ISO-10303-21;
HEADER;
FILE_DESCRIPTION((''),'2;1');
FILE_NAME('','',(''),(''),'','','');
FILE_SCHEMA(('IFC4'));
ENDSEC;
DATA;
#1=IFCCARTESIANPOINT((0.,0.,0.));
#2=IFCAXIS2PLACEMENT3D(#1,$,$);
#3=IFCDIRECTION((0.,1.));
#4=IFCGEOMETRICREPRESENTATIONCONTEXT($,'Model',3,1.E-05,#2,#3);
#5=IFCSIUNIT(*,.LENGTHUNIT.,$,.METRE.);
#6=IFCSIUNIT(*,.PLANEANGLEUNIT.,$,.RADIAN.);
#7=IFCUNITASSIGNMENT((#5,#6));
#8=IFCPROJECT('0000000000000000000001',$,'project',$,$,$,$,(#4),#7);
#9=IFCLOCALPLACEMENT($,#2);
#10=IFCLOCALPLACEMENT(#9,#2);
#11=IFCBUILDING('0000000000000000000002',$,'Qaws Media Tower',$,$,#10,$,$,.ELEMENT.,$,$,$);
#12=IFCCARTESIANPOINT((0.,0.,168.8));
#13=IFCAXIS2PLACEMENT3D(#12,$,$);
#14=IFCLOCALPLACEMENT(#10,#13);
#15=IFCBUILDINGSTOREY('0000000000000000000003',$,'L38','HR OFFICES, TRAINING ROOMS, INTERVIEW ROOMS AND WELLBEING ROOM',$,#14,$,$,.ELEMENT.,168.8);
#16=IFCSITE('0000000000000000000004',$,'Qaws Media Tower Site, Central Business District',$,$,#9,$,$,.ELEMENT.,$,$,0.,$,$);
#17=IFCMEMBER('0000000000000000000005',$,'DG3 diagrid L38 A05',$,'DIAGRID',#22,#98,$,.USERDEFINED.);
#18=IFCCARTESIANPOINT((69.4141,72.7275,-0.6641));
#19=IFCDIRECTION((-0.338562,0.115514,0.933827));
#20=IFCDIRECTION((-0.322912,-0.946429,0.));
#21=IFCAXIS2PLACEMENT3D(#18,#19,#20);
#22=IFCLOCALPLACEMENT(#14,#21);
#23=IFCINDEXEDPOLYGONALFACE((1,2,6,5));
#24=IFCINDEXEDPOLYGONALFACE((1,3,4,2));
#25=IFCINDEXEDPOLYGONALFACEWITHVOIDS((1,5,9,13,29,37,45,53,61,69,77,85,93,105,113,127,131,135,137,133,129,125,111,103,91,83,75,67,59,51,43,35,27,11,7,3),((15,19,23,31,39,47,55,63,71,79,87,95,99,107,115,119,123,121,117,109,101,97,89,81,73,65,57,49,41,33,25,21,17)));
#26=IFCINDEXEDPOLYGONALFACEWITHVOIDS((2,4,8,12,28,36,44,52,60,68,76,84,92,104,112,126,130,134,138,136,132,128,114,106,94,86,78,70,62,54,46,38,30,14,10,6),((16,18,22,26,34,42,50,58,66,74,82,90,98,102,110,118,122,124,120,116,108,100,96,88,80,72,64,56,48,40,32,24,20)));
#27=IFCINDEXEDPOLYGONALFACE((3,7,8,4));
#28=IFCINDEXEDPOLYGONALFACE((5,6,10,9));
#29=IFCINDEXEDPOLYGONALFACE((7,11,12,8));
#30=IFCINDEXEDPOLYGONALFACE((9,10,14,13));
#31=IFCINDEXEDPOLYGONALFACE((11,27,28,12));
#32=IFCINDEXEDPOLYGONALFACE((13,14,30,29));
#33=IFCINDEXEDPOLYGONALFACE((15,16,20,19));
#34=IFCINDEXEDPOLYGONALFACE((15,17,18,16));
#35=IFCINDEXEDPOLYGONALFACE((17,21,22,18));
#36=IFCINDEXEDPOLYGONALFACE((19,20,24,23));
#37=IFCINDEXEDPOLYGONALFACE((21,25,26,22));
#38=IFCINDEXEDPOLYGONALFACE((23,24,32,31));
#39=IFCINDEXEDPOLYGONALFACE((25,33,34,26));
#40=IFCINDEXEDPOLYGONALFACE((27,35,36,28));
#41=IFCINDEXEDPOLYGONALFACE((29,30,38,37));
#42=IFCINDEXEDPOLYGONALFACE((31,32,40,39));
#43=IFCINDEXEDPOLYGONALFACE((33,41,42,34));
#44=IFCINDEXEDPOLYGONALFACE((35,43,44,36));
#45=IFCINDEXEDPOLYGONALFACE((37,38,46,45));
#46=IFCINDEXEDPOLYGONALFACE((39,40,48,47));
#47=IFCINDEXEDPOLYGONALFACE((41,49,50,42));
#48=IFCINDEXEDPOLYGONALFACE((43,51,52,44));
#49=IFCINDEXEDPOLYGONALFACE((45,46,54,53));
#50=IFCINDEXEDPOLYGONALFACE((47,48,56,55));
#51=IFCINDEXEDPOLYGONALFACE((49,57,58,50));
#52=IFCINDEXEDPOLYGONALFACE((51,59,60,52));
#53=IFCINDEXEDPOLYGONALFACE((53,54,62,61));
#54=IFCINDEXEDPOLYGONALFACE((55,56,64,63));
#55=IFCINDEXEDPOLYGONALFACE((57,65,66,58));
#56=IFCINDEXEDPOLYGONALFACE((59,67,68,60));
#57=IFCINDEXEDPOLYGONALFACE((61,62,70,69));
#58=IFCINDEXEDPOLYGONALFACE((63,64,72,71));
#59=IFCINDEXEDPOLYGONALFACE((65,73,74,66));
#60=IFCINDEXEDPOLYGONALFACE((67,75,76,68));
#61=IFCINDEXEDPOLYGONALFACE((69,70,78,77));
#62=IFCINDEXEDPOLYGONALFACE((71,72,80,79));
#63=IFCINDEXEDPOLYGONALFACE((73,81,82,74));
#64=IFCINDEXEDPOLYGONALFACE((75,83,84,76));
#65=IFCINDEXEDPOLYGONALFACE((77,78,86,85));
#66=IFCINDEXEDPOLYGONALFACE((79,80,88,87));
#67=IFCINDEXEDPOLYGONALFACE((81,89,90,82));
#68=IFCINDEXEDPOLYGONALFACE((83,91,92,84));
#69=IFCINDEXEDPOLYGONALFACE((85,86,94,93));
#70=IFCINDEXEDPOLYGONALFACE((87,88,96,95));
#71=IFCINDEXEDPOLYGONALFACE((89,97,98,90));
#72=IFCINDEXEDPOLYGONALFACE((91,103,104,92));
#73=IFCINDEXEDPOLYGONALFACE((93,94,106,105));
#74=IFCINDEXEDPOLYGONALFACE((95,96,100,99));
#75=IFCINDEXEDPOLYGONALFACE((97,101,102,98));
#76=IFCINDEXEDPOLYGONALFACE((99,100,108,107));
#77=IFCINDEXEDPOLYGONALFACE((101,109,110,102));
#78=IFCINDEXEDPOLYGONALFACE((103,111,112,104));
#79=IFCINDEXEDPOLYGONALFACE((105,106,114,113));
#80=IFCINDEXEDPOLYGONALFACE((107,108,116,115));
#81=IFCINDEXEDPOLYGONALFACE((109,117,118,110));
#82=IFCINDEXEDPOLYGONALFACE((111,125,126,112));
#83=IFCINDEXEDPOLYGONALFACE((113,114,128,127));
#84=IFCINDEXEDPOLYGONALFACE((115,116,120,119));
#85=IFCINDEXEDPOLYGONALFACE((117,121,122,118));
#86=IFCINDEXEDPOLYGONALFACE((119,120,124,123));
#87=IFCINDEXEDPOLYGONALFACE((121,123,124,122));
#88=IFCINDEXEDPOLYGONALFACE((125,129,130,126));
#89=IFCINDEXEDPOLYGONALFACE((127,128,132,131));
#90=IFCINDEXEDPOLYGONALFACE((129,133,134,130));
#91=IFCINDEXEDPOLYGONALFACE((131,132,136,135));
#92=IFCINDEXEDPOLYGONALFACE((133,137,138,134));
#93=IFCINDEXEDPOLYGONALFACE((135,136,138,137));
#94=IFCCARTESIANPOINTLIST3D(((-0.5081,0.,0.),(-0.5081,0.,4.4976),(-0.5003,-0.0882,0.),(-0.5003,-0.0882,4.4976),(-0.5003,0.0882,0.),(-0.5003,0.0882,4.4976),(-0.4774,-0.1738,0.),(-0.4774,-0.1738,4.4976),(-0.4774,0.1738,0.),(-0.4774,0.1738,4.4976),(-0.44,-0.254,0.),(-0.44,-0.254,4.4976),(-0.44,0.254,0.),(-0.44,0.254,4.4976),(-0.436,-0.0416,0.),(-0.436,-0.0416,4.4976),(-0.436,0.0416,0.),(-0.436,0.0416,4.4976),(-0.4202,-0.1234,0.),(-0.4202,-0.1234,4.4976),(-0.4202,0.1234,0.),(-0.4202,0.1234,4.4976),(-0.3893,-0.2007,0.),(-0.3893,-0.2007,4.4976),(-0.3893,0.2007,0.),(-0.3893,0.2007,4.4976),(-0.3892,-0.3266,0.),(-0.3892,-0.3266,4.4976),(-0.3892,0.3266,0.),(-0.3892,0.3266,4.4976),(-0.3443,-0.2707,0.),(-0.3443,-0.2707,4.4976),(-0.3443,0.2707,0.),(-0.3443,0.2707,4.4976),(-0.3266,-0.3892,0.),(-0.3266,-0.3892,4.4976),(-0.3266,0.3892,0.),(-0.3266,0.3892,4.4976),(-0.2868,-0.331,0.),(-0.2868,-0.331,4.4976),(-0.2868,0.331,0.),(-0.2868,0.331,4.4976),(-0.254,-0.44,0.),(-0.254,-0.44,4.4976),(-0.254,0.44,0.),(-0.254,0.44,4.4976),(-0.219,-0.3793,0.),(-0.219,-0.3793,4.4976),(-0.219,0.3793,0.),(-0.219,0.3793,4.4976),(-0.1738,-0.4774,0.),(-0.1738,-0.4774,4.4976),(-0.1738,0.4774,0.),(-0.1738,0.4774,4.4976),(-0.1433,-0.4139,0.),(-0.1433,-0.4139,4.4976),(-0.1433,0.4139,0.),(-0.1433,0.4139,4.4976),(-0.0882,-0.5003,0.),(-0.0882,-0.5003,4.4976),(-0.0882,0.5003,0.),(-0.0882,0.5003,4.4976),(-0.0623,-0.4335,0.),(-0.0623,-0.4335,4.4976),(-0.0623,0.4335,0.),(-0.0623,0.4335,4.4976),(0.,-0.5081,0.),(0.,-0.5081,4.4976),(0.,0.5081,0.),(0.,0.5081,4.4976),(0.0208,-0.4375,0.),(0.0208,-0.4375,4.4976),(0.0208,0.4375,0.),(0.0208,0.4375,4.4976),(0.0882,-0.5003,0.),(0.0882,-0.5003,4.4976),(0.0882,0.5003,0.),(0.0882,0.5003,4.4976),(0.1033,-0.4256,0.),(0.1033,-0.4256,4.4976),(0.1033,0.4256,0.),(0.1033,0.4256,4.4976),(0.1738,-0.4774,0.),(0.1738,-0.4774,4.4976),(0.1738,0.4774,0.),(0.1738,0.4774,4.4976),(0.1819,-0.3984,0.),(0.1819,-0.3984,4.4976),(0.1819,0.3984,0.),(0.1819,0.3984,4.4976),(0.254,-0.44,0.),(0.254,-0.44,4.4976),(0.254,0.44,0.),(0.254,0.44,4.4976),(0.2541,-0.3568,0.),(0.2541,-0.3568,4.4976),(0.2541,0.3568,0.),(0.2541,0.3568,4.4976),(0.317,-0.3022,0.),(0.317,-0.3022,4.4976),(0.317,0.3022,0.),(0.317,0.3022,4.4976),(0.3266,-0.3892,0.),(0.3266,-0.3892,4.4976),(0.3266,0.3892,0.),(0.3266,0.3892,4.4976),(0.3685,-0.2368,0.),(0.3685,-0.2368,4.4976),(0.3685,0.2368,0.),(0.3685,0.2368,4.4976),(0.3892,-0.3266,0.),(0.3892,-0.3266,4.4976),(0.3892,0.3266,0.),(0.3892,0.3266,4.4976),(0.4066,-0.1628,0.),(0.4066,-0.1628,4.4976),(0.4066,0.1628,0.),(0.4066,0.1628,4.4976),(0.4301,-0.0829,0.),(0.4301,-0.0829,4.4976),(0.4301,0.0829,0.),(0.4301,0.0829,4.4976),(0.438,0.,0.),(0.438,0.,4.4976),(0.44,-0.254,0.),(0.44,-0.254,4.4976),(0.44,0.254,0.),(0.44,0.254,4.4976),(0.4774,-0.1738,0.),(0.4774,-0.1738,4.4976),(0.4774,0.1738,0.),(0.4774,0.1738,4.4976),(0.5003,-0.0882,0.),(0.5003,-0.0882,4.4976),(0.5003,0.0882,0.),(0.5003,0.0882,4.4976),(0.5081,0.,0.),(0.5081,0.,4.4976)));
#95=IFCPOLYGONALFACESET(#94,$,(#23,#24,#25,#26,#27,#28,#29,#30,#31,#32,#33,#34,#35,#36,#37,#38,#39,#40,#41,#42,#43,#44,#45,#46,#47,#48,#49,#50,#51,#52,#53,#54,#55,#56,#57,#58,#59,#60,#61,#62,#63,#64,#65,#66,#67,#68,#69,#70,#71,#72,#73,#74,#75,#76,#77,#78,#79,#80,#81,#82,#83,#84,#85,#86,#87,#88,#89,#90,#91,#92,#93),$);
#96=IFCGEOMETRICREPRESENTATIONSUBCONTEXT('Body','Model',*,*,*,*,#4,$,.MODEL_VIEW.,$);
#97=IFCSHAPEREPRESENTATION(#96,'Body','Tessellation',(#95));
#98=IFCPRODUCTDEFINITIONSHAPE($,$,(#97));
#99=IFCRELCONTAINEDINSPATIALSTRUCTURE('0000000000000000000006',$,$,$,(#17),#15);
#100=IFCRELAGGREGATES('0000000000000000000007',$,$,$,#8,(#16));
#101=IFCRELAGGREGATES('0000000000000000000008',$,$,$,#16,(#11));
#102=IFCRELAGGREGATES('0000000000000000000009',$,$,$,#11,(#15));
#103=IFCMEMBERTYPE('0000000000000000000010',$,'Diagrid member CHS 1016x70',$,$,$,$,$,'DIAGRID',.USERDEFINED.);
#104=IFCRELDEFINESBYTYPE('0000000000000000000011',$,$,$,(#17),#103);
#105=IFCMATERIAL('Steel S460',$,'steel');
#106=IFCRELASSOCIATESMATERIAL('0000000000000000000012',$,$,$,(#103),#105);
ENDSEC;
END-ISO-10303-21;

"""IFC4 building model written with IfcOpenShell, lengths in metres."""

from ifc_helpers import new_model, si_unit, direction, frame, origin, origin_2d, place, context, subcontext, project, spatial, hollow_circle, extrude, material, material_profile, profile_set, type_object, element, save


model = new_model("IFC4")

# Units and contexts
model_context = context("Model", 3, precision=1e-05, world=origin(), true_north=direction((0.0, 1.0)))
body_context = subcontext(model_context, "Body", "Model", "MODEL_VIEW")
ifc_project = project(units=[si_unit("LENGTHUNIT", "METRE"), si_unit("PLANEANGLEUNIT", "RADIAN")], contexts=[model_context])

# Site, building, storey
site_placement = place(None, origin())
site = spatial("IfcSite", under=ifc_project, at=site_placement, Name="Qaws Media Tower Site, Central Business District", CompositionType="ELEMENT", RefElevation=0.0)
building_placement = place(site_placement, origin())
building = spatial("IfcBuilding", under=site, at=building_placement, Name="Qaws Media Tower", CompositionType="ELEMENT")
storey_placement = place(building_placement, frame((0.0, 0.0, 168.8)))
storey = spatial("IfcBuildingStorey", under=building, at=storey_placement, Name="L38", Description="HR OFFICES, TRAINING ROOMS, INTERVIEW ROOMS AND WELLBEING ROOM", CompositionType="ELEMENT", Elevation=168.8)

# Member
ifc_material_1 = material(Name="Steel S460", Category="steel")
ifc_material_profile_1 = material_profile(ifc_material_1, hollow_circle(Radius=0.5081, WallThickness=0.0701, at=origin_2d()), Name="CHS 1016x70")
ifc_profile_set_1 = profile_set([ifc_material_profile_1], Name="Steel S460")
member_type_1 = type_object("IfcMemberType", Name="Diagrid member CHS 1016x70", ElementType="DIAGRID", PredefinedType="USERDEFINED", material=ifc_profile_set_1)
for number, where, z_axis, x_axis, name in (
    (1, (69.4141, 72.7275, -0.6641), (-0.338562, 0.115514, 0.933827), (-0.322912, -0.946429, 0.0), "DG3 diagrid L38 A05"),
):
    element("IfcMember", number, at=place(storey_placement, frame(where, z_axis=z_axis, x_axis=x_axis)), inside=storey, type_object=member_type_1, Name=name, ObjectType="DIAGRID", PredefinedType="USERDEFINED", context=body_context, shape_type="SweptSolid", body=[
        extrude(hollow_circle(Radius=0.5081, WallThickness=0.0701, at=origin_2d()), origin(), (0.0, 0.0, 1.0), 4.4976),
    ])

save(model, "model.ifc")
